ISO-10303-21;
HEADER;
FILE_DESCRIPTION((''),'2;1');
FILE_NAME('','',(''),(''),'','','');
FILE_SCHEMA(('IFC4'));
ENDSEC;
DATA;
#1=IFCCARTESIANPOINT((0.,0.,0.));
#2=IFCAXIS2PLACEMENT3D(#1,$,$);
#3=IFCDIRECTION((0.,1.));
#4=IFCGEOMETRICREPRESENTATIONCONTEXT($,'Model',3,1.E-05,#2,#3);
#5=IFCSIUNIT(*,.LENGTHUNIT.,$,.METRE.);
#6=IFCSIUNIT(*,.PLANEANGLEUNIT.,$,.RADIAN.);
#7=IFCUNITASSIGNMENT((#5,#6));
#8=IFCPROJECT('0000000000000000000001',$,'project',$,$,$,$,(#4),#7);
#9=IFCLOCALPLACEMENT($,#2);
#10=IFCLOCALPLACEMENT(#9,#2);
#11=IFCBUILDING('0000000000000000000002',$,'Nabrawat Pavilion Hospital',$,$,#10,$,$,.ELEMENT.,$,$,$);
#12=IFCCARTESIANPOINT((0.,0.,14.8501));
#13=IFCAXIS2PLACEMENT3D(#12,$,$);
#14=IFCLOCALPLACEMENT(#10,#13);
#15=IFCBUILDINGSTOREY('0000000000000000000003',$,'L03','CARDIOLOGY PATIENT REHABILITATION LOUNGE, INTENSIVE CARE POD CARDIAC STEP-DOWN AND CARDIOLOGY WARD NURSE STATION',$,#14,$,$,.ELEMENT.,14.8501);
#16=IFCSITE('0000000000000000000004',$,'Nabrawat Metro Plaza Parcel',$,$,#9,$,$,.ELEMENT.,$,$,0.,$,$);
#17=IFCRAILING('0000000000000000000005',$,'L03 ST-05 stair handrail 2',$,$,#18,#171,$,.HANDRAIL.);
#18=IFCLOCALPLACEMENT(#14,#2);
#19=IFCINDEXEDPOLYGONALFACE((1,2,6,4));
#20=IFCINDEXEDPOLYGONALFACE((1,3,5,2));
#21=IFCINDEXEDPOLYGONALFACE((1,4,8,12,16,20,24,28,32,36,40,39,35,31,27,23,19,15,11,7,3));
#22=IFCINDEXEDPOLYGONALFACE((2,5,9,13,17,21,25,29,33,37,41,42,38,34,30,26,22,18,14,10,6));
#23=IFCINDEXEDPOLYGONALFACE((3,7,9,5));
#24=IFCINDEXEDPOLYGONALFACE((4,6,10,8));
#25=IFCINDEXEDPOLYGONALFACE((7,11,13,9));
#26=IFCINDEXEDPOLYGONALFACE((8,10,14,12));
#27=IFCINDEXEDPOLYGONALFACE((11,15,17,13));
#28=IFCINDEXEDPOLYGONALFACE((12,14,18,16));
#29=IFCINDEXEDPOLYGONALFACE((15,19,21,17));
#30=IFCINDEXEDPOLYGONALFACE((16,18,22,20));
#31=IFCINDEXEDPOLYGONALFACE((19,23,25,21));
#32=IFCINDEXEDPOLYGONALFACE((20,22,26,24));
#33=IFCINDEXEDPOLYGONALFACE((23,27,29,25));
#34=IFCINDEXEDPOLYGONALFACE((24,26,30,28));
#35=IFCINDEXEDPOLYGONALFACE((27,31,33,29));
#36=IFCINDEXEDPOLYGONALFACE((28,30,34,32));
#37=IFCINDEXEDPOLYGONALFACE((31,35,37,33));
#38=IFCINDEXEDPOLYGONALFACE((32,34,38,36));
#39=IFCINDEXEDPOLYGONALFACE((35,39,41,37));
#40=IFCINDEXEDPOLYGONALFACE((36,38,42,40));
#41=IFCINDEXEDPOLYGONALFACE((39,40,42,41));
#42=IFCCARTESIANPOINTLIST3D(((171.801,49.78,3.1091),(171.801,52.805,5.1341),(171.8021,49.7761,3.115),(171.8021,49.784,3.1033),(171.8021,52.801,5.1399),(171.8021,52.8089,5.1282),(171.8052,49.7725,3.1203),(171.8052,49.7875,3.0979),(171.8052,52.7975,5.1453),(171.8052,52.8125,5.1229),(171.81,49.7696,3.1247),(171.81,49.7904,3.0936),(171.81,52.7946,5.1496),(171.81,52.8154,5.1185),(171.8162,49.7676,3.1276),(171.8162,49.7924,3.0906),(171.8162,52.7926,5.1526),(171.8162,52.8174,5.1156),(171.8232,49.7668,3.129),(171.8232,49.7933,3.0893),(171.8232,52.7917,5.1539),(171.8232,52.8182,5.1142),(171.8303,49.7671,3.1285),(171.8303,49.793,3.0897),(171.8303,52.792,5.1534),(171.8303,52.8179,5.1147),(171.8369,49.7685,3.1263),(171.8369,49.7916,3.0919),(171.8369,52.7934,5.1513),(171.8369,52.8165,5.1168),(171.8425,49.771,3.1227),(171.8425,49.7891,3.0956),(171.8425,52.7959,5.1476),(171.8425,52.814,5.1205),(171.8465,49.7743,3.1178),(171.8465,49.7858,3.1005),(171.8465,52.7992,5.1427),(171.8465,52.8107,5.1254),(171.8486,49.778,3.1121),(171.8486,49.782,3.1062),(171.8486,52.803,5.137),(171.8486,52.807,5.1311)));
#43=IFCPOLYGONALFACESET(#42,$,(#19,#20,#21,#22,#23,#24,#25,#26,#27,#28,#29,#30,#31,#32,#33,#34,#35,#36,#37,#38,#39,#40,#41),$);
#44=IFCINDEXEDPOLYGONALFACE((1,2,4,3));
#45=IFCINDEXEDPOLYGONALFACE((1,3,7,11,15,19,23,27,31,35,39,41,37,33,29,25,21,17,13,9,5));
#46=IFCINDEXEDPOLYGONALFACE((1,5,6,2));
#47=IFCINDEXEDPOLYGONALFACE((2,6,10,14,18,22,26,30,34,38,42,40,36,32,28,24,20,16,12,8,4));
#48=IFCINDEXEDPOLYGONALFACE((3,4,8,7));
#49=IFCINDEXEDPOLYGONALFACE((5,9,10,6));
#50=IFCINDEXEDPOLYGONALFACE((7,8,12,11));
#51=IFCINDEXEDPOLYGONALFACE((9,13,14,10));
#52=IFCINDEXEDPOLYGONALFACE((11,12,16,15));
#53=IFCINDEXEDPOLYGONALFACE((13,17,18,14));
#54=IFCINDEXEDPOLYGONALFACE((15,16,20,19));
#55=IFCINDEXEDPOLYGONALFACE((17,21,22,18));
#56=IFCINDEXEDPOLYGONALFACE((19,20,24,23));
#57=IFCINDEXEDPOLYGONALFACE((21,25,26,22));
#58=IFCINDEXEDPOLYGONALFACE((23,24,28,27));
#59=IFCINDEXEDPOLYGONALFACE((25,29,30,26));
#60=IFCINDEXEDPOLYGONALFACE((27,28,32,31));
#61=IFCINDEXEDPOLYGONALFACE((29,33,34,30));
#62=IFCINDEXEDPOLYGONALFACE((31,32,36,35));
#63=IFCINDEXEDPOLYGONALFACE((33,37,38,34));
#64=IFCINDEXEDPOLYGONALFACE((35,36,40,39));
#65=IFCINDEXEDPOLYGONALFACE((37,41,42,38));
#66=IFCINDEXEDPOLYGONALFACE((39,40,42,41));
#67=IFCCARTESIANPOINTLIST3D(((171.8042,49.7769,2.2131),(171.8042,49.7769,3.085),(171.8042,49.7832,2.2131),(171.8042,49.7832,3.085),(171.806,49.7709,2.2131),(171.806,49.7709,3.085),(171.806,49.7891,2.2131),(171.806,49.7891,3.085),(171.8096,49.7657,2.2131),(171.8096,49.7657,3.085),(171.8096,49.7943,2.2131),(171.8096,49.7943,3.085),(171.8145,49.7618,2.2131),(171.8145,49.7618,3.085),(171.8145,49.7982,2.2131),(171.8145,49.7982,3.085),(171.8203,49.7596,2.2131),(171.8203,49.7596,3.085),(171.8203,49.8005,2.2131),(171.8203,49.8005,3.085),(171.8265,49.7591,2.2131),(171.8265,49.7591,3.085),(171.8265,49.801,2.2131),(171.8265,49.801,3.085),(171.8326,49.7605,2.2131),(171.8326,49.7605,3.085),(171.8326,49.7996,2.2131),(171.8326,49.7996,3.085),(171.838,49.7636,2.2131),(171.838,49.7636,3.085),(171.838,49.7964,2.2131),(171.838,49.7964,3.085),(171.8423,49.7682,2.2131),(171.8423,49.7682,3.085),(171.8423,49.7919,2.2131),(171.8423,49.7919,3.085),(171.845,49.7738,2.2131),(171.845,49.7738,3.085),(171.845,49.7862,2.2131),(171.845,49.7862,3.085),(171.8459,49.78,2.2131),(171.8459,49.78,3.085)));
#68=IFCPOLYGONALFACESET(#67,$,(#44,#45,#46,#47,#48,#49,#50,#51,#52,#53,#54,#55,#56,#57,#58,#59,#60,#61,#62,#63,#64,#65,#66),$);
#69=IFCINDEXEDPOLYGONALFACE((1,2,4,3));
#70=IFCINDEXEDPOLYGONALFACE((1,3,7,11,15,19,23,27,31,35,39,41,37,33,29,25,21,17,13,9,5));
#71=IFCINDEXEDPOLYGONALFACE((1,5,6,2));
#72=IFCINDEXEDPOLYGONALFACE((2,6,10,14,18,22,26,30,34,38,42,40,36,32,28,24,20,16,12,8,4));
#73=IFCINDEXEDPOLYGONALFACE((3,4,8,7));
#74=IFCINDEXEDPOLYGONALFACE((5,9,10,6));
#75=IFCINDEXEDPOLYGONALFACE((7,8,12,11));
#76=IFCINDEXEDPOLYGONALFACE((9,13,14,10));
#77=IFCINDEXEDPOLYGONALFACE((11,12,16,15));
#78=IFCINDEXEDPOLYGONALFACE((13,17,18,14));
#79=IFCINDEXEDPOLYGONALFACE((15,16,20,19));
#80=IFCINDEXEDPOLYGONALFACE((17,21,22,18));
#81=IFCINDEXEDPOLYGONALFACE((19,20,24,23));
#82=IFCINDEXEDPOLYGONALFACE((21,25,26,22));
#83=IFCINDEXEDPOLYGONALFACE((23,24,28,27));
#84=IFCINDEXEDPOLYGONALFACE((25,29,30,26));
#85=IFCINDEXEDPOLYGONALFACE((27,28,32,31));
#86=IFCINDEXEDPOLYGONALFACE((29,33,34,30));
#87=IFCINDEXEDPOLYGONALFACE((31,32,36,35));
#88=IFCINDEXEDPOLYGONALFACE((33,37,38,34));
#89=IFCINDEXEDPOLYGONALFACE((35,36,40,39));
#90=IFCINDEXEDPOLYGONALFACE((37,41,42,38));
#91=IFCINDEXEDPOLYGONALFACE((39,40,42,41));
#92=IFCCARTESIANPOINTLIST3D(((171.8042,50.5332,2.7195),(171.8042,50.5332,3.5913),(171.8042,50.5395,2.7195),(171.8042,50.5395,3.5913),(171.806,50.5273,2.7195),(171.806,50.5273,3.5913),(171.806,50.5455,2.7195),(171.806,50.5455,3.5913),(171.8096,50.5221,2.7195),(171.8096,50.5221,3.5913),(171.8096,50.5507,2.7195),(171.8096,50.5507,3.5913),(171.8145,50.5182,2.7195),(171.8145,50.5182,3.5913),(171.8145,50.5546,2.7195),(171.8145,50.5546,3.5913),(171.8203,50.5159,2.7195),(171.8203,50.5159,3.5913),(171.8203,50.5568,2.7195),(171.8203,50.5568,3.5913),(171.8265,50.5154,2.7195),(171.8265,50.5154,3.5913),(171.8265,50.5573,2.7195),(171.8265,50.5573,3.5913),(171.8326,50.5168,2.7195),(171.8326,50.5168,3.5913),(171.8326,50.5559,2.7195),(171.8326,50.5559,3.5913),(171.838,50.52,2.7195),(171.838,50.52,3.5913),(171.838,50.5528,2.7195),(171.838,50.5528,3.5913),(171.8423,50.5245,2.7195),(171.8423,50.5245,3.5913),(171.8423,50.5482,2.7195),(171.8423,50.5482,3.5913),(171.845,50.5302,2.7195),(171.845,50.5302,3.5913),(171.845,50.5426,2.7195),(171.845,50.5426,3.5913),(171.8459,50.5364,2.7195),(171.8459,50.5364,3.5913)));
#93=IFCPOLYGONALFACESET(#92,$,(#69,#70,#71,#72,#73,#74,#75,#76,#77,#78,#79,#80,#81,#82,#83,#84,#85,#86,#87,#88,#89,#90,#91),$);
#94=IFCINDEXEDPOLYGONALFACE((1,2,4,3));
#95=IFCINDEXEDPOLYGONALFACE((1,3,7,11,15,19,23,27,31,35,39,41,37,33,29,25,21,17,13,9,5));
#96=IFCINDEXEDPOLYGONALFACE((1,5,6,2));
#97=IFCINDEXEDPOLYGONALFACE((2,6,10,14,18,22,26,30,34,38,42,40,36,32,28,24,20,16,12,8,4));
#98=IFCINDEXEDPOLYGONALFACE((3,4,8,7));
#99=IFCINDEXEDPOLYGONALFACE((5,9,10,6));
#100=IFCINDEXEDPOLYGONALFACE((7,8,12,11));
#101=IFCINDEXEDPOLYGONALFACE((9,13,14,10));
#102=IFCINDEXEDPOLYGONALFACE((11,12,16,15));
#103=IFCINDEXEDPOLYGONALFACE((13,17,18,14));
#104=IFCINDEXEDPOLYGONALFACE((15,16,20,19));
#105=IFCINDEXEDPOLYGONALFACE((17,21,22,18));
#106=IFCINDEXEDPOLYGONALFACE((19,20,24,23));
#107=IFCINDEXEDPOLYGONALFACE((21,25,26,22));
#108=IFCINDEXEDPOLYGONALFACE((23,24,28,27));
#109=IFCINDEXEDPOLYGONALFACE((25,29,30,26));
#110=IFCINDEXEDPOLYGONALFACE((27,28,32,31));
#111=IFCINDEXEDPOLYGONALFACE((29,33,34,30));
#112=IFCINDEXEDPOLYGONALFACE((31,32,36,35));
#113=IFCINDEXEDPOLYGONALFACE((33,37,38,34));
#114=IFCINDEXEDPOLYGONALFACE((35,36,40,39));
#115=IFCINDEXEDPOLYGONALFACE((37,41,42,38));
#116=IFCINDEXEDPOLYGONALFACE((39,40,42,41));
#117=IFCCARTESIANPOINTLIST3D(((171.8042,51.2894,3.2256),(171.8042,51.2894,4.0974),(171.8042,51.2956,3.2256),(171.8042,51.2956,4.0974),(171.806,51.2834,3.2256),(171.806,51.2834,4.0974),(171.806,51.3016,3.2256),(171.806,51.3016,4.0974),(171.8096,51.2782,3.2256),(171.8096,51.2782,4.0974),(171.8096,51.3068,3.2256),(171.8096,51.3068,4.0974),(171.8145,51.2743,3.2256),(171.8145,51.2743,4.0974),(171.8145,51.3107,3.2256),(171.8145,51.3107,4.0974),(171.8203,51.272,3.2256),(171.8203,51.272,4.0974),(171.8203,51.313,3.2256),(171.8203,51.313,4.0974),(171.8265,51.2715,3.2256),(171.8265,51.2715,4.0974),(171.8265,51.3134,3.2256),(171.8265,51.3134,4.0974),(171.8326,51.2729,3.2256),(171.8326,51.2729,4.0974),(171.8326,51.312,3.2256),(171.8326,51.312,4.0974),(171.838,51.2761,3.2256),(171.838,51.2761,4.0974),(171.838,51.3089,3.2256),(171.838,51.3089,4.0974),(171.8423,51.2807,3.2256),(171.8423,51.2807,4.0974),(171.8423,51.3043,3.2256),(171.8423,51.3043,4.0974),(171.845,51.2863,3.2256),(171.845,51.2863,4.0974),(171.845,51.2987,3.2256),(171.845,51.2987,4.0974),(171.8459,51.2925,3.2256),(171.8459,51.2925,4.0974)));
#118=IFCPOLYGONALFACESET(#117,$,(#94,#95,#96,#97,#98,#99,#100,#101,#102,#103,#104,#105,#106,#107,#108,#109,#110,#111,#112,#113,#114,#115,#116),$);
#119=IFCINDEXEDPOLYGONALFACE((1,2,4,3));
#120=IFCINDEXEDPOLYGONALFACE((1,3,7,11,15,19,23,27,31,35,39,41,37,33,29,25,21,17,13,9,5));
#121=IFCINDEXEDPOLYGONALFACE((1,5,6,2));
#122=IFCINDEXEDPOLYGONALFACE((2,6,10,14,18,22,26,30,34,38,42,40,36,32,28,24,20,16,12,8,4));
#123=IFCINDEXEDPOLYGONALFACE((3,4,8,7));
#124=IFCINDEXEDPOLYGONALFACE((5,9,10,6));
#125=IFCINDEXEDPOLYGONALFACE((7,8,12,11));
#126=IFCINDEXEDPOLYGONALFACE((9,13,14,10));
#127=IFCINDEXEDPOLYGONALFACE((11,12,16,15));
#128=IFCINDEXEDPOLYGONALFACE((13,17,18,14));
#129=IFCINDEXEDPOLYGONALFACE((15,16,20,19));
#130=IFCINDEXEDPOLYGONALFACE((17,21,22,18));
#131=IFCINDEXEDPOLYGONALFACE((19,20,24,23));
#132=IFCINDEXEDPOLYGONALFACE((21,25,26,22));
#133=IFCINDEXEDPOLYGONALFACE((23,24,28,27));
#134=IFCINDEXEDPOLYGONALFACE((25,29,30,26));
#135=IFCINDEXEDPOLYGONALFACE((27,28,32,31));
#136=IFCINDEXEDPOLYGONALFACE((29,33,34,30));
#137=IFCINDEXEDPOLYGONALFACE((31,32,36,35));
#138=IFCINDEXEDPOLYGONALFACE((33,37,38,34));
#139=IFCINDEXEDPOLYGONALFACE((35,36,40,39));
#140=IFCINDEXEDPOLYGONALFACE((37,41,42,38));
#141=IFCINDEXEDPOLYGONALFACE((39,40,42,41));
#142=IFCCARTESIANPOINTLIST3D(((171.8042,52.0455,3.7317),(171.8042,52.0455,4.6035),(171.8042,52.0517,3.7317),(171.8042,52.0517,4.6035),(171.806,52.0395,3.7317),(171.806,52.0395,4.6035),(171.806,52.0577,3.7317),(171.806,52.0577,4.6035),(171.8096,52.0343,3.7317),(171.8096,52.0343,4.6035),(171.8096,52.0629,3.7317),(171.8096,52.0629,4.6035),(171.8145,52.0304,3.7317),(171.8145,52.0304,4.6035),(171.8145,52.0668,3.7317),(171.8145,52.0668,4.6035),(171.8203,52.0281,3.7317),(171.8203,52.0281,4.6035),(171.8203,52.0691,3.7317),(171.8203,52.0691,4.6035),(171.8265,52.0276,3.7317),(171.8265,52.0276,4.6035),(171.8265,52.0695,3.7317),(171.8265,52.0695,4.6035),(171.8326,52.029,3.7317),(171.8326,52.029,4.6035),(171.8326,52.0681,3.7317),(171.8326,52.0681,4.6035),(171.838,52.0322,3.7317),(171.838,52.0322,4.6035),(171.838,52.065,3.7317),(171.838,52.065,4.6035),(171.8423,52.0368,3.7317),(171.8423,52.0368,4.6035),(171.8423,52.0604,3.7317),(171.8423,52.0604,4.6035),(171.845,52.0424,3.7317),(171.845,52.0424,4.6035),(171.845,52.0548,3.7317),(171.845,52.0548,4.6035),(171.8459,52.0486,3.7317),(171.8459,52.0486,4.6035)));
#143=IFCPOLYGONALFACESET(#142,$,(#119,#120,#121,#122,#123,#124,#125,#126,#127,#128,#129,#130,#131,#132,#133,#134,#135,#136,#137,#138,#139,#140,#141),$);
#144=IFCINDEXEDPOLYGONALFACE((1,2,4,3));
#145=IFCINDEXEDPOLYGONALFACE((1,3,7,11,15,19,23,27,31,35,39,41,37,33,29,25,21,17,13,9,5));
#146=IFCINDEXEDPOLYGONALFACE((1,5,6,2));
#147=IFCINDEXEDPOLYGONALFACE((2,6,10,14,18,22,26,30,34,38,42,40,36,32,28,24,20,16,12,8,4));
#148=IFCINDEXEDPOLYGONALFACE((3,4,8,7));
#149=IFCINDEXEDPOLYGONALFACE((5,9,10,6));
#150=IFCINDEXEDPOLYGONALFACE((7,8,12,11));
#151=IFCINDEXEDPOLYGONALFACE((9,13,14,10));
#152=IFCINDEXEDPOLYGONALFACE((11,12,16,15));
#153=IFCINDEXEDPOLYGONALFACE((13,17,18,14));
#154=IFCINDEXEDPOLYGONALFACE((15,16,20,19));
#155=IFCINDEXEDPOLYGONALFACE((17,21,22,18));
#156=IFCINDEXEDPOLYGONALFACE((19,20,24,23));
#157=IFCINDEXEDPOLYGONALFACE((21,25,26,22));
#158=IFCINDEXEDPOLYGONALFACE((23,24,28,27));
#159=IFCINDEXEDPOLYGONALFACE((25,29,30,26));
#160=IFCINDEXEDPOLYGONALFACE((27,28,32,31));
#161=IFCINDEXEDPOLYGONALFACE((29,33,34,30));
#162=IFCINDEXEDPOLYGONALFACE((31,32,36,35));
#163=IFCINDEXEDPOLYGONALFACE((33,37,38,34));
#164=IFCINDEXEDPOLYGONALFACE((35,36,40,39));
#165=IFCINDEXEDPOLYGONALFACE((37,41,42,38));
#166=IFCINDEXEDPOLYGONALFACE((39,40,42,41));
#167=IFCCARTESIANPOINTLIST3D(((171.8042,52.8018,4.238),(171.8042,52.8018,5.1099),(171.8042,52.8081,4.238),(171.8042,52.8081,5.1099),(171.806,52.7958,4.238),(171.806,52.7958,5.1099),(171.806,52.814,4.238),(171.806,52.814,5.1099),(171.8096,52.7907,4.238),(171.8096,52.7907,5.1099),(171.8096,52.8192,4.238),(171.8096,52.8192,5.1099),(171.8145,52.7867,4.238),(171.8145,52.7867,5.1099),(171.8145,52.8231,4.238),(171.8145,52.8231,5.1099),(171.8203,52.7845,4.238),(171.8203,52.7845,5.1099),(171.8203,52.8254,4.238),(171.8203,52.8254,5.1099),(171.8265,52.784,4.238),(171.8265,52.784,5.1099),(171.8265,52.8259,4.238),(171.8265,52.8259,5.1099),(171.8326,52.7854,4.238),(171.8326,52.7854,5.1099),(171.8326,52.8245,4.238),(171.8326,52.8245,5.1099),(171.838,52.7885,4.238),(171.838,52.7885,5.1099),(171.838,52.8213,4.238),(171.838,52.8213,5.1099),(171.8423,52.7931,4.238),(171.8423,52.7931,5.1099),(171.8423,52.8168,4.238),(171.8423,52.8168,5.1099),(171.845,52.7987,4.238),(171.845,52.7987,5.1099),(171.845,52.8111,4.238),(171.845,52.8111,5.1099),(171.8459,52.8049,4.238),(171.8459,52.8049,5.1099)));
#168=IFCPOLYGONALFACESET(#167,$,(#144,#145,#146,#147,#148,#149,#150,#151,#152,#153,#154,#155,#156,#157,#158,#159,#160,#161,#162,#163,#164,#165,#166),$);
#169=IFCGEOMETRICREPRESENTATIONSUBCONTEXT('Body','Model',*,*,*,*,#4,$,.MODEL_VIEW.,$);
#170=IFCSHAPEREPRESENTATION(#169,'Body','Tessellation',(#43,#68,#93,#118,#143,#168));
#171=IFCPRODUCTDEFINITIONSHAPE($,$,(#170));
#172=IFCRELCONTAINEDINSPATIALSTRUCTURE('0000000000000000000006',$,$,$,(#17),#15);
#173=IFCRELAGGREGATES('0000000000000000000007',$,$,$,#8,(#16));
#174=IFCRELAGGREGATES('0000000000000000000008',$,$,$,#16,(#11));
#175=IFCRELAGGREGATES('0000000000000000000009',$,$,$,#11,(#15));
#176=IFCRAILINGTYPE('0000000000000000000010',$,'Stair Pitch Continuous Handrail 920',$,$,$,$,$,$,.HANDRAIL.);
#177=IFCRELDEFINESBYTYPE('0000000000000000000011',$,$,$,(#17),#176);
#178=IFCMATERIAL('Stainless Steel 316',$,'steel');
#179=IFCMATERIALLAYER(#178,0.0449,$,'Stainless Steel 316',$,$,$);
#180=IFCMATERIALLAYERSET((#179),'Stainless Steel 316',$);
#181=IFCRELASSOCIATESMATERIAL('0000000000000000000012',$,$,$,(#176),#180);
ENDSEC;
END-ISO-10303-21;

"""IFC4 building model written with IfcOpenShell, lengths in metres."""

from ifc_helpers import new_model, si_unit, direction, frame, origin, origin_2d, place, context, subcontext, project, spatial, circle, extrude, material, layer, layer_set, type_object, element, save


model = new_model("IFC4")

# Units and contexts
model_context = context("Model", 3, precision=1e-05, world=origin(), true_north=direction((0.0, 1.0)))
body_context = subcontext(model_context, "Body", "Model", "MODEL_VIEW")
ifc_project = project(units=[si_unit("LENGTHUNIT", "METRE"), si_unit("PLANEANGLEUNIT", "RADIAN")], contexts=[model_context])

# Site, building, storey
site_placement = place(None, origin())
site = spatial("IfcSite", under=ifc_project, at=site_placement, Name="Nabrawat Metro Plaza Parcel", CompositionType="ELEMENT", RefElevation=0.0)
building_placement = place(site_placement, origin())
building = spatial("IfcBuilding", under=site, at=building_placement, Name="Nabrawat Pavilion Hospital", CompositionType="ELEMENT")
storey_placement = place(building_placement, frame((0.0, 0.0, 14.8501)))
storey = spatial("IfcBuildingStorey", under=building, at=storey_placement, Name="L03", Description="CARDIOLOGY PATIENT REHABILITATION LOUNGE, INTENSIVE CARE POD CARDIAC STEP-DOWN AND CARDIOLOGY WARD NURSE STATION", CompositionType="ELEMENT", Elevation=14.8501)

# Railing
ifc_material_1 = material(Name="Stainless Steel 316", Category="steel")
ifc_layer_1 = layer(ifc_material_1, 0.0449, Name="Stainless Steel 316")
ifc_layer_set_1 = layer_set([ifc_layer_1], Name="Stainless Steel 316")
railing_type_1 = type_object("IfcRailingType", Name="Stair Pitch Continuous Handrail 920", PredefinedType="HANDRAIL", material=ifc_layer_set_1)
railing_1_placement = place(storey_placement, frame((171.825, 49.78, 2.2131)))
element("IfcRailing", 1, at=railing_1_placement, inside=storey, type_object=railing_type_1, Name="L03 ST-05 stair handrail 2", PredefinedType="HANDRAIL", context=body_context, shape_type="SweptSolid", body=[
    extrude(circle(Radius=0.0239, at=origin_2d()), frame((0.0, 0.0, 0.896), z_axis=(0.0, 0.830996, 0.556278), x_axis=(-1.0, 0.0, 0.0)), (0.0, 0.0, 1.0), 3.6401),
    extrude(circle(Radius=0.021, at=origin_2d()), origin(), (0.0, 0.0, 1.0), 0.8718),
    extrude(circle(Radius=0.021, at=origin_2d()), frame((0.0, 0.7563, 0.5063)), (0.0, 0.0, 1.0), 0.8718),
    extrude(circle(Radius=0.021, at=origin_2d()), frame((0.0, 1.5125, 1.0125)), (0.0, 0.0, 1.0), 0.8718),
    extrude(circle(Radius=0.021, at=origin_2d()), frame((0.0, 2.2686, 1.5186)), (0.0, 0.0, 1.0), 0.8718),
    extrude(circle(Radius=0.021, at=origin_2d()), frame((0.0, 3.0249, 2.0249)), (0.0, 0.0, 1.0), 0.8718),
])

save(model, "model.ifc")
